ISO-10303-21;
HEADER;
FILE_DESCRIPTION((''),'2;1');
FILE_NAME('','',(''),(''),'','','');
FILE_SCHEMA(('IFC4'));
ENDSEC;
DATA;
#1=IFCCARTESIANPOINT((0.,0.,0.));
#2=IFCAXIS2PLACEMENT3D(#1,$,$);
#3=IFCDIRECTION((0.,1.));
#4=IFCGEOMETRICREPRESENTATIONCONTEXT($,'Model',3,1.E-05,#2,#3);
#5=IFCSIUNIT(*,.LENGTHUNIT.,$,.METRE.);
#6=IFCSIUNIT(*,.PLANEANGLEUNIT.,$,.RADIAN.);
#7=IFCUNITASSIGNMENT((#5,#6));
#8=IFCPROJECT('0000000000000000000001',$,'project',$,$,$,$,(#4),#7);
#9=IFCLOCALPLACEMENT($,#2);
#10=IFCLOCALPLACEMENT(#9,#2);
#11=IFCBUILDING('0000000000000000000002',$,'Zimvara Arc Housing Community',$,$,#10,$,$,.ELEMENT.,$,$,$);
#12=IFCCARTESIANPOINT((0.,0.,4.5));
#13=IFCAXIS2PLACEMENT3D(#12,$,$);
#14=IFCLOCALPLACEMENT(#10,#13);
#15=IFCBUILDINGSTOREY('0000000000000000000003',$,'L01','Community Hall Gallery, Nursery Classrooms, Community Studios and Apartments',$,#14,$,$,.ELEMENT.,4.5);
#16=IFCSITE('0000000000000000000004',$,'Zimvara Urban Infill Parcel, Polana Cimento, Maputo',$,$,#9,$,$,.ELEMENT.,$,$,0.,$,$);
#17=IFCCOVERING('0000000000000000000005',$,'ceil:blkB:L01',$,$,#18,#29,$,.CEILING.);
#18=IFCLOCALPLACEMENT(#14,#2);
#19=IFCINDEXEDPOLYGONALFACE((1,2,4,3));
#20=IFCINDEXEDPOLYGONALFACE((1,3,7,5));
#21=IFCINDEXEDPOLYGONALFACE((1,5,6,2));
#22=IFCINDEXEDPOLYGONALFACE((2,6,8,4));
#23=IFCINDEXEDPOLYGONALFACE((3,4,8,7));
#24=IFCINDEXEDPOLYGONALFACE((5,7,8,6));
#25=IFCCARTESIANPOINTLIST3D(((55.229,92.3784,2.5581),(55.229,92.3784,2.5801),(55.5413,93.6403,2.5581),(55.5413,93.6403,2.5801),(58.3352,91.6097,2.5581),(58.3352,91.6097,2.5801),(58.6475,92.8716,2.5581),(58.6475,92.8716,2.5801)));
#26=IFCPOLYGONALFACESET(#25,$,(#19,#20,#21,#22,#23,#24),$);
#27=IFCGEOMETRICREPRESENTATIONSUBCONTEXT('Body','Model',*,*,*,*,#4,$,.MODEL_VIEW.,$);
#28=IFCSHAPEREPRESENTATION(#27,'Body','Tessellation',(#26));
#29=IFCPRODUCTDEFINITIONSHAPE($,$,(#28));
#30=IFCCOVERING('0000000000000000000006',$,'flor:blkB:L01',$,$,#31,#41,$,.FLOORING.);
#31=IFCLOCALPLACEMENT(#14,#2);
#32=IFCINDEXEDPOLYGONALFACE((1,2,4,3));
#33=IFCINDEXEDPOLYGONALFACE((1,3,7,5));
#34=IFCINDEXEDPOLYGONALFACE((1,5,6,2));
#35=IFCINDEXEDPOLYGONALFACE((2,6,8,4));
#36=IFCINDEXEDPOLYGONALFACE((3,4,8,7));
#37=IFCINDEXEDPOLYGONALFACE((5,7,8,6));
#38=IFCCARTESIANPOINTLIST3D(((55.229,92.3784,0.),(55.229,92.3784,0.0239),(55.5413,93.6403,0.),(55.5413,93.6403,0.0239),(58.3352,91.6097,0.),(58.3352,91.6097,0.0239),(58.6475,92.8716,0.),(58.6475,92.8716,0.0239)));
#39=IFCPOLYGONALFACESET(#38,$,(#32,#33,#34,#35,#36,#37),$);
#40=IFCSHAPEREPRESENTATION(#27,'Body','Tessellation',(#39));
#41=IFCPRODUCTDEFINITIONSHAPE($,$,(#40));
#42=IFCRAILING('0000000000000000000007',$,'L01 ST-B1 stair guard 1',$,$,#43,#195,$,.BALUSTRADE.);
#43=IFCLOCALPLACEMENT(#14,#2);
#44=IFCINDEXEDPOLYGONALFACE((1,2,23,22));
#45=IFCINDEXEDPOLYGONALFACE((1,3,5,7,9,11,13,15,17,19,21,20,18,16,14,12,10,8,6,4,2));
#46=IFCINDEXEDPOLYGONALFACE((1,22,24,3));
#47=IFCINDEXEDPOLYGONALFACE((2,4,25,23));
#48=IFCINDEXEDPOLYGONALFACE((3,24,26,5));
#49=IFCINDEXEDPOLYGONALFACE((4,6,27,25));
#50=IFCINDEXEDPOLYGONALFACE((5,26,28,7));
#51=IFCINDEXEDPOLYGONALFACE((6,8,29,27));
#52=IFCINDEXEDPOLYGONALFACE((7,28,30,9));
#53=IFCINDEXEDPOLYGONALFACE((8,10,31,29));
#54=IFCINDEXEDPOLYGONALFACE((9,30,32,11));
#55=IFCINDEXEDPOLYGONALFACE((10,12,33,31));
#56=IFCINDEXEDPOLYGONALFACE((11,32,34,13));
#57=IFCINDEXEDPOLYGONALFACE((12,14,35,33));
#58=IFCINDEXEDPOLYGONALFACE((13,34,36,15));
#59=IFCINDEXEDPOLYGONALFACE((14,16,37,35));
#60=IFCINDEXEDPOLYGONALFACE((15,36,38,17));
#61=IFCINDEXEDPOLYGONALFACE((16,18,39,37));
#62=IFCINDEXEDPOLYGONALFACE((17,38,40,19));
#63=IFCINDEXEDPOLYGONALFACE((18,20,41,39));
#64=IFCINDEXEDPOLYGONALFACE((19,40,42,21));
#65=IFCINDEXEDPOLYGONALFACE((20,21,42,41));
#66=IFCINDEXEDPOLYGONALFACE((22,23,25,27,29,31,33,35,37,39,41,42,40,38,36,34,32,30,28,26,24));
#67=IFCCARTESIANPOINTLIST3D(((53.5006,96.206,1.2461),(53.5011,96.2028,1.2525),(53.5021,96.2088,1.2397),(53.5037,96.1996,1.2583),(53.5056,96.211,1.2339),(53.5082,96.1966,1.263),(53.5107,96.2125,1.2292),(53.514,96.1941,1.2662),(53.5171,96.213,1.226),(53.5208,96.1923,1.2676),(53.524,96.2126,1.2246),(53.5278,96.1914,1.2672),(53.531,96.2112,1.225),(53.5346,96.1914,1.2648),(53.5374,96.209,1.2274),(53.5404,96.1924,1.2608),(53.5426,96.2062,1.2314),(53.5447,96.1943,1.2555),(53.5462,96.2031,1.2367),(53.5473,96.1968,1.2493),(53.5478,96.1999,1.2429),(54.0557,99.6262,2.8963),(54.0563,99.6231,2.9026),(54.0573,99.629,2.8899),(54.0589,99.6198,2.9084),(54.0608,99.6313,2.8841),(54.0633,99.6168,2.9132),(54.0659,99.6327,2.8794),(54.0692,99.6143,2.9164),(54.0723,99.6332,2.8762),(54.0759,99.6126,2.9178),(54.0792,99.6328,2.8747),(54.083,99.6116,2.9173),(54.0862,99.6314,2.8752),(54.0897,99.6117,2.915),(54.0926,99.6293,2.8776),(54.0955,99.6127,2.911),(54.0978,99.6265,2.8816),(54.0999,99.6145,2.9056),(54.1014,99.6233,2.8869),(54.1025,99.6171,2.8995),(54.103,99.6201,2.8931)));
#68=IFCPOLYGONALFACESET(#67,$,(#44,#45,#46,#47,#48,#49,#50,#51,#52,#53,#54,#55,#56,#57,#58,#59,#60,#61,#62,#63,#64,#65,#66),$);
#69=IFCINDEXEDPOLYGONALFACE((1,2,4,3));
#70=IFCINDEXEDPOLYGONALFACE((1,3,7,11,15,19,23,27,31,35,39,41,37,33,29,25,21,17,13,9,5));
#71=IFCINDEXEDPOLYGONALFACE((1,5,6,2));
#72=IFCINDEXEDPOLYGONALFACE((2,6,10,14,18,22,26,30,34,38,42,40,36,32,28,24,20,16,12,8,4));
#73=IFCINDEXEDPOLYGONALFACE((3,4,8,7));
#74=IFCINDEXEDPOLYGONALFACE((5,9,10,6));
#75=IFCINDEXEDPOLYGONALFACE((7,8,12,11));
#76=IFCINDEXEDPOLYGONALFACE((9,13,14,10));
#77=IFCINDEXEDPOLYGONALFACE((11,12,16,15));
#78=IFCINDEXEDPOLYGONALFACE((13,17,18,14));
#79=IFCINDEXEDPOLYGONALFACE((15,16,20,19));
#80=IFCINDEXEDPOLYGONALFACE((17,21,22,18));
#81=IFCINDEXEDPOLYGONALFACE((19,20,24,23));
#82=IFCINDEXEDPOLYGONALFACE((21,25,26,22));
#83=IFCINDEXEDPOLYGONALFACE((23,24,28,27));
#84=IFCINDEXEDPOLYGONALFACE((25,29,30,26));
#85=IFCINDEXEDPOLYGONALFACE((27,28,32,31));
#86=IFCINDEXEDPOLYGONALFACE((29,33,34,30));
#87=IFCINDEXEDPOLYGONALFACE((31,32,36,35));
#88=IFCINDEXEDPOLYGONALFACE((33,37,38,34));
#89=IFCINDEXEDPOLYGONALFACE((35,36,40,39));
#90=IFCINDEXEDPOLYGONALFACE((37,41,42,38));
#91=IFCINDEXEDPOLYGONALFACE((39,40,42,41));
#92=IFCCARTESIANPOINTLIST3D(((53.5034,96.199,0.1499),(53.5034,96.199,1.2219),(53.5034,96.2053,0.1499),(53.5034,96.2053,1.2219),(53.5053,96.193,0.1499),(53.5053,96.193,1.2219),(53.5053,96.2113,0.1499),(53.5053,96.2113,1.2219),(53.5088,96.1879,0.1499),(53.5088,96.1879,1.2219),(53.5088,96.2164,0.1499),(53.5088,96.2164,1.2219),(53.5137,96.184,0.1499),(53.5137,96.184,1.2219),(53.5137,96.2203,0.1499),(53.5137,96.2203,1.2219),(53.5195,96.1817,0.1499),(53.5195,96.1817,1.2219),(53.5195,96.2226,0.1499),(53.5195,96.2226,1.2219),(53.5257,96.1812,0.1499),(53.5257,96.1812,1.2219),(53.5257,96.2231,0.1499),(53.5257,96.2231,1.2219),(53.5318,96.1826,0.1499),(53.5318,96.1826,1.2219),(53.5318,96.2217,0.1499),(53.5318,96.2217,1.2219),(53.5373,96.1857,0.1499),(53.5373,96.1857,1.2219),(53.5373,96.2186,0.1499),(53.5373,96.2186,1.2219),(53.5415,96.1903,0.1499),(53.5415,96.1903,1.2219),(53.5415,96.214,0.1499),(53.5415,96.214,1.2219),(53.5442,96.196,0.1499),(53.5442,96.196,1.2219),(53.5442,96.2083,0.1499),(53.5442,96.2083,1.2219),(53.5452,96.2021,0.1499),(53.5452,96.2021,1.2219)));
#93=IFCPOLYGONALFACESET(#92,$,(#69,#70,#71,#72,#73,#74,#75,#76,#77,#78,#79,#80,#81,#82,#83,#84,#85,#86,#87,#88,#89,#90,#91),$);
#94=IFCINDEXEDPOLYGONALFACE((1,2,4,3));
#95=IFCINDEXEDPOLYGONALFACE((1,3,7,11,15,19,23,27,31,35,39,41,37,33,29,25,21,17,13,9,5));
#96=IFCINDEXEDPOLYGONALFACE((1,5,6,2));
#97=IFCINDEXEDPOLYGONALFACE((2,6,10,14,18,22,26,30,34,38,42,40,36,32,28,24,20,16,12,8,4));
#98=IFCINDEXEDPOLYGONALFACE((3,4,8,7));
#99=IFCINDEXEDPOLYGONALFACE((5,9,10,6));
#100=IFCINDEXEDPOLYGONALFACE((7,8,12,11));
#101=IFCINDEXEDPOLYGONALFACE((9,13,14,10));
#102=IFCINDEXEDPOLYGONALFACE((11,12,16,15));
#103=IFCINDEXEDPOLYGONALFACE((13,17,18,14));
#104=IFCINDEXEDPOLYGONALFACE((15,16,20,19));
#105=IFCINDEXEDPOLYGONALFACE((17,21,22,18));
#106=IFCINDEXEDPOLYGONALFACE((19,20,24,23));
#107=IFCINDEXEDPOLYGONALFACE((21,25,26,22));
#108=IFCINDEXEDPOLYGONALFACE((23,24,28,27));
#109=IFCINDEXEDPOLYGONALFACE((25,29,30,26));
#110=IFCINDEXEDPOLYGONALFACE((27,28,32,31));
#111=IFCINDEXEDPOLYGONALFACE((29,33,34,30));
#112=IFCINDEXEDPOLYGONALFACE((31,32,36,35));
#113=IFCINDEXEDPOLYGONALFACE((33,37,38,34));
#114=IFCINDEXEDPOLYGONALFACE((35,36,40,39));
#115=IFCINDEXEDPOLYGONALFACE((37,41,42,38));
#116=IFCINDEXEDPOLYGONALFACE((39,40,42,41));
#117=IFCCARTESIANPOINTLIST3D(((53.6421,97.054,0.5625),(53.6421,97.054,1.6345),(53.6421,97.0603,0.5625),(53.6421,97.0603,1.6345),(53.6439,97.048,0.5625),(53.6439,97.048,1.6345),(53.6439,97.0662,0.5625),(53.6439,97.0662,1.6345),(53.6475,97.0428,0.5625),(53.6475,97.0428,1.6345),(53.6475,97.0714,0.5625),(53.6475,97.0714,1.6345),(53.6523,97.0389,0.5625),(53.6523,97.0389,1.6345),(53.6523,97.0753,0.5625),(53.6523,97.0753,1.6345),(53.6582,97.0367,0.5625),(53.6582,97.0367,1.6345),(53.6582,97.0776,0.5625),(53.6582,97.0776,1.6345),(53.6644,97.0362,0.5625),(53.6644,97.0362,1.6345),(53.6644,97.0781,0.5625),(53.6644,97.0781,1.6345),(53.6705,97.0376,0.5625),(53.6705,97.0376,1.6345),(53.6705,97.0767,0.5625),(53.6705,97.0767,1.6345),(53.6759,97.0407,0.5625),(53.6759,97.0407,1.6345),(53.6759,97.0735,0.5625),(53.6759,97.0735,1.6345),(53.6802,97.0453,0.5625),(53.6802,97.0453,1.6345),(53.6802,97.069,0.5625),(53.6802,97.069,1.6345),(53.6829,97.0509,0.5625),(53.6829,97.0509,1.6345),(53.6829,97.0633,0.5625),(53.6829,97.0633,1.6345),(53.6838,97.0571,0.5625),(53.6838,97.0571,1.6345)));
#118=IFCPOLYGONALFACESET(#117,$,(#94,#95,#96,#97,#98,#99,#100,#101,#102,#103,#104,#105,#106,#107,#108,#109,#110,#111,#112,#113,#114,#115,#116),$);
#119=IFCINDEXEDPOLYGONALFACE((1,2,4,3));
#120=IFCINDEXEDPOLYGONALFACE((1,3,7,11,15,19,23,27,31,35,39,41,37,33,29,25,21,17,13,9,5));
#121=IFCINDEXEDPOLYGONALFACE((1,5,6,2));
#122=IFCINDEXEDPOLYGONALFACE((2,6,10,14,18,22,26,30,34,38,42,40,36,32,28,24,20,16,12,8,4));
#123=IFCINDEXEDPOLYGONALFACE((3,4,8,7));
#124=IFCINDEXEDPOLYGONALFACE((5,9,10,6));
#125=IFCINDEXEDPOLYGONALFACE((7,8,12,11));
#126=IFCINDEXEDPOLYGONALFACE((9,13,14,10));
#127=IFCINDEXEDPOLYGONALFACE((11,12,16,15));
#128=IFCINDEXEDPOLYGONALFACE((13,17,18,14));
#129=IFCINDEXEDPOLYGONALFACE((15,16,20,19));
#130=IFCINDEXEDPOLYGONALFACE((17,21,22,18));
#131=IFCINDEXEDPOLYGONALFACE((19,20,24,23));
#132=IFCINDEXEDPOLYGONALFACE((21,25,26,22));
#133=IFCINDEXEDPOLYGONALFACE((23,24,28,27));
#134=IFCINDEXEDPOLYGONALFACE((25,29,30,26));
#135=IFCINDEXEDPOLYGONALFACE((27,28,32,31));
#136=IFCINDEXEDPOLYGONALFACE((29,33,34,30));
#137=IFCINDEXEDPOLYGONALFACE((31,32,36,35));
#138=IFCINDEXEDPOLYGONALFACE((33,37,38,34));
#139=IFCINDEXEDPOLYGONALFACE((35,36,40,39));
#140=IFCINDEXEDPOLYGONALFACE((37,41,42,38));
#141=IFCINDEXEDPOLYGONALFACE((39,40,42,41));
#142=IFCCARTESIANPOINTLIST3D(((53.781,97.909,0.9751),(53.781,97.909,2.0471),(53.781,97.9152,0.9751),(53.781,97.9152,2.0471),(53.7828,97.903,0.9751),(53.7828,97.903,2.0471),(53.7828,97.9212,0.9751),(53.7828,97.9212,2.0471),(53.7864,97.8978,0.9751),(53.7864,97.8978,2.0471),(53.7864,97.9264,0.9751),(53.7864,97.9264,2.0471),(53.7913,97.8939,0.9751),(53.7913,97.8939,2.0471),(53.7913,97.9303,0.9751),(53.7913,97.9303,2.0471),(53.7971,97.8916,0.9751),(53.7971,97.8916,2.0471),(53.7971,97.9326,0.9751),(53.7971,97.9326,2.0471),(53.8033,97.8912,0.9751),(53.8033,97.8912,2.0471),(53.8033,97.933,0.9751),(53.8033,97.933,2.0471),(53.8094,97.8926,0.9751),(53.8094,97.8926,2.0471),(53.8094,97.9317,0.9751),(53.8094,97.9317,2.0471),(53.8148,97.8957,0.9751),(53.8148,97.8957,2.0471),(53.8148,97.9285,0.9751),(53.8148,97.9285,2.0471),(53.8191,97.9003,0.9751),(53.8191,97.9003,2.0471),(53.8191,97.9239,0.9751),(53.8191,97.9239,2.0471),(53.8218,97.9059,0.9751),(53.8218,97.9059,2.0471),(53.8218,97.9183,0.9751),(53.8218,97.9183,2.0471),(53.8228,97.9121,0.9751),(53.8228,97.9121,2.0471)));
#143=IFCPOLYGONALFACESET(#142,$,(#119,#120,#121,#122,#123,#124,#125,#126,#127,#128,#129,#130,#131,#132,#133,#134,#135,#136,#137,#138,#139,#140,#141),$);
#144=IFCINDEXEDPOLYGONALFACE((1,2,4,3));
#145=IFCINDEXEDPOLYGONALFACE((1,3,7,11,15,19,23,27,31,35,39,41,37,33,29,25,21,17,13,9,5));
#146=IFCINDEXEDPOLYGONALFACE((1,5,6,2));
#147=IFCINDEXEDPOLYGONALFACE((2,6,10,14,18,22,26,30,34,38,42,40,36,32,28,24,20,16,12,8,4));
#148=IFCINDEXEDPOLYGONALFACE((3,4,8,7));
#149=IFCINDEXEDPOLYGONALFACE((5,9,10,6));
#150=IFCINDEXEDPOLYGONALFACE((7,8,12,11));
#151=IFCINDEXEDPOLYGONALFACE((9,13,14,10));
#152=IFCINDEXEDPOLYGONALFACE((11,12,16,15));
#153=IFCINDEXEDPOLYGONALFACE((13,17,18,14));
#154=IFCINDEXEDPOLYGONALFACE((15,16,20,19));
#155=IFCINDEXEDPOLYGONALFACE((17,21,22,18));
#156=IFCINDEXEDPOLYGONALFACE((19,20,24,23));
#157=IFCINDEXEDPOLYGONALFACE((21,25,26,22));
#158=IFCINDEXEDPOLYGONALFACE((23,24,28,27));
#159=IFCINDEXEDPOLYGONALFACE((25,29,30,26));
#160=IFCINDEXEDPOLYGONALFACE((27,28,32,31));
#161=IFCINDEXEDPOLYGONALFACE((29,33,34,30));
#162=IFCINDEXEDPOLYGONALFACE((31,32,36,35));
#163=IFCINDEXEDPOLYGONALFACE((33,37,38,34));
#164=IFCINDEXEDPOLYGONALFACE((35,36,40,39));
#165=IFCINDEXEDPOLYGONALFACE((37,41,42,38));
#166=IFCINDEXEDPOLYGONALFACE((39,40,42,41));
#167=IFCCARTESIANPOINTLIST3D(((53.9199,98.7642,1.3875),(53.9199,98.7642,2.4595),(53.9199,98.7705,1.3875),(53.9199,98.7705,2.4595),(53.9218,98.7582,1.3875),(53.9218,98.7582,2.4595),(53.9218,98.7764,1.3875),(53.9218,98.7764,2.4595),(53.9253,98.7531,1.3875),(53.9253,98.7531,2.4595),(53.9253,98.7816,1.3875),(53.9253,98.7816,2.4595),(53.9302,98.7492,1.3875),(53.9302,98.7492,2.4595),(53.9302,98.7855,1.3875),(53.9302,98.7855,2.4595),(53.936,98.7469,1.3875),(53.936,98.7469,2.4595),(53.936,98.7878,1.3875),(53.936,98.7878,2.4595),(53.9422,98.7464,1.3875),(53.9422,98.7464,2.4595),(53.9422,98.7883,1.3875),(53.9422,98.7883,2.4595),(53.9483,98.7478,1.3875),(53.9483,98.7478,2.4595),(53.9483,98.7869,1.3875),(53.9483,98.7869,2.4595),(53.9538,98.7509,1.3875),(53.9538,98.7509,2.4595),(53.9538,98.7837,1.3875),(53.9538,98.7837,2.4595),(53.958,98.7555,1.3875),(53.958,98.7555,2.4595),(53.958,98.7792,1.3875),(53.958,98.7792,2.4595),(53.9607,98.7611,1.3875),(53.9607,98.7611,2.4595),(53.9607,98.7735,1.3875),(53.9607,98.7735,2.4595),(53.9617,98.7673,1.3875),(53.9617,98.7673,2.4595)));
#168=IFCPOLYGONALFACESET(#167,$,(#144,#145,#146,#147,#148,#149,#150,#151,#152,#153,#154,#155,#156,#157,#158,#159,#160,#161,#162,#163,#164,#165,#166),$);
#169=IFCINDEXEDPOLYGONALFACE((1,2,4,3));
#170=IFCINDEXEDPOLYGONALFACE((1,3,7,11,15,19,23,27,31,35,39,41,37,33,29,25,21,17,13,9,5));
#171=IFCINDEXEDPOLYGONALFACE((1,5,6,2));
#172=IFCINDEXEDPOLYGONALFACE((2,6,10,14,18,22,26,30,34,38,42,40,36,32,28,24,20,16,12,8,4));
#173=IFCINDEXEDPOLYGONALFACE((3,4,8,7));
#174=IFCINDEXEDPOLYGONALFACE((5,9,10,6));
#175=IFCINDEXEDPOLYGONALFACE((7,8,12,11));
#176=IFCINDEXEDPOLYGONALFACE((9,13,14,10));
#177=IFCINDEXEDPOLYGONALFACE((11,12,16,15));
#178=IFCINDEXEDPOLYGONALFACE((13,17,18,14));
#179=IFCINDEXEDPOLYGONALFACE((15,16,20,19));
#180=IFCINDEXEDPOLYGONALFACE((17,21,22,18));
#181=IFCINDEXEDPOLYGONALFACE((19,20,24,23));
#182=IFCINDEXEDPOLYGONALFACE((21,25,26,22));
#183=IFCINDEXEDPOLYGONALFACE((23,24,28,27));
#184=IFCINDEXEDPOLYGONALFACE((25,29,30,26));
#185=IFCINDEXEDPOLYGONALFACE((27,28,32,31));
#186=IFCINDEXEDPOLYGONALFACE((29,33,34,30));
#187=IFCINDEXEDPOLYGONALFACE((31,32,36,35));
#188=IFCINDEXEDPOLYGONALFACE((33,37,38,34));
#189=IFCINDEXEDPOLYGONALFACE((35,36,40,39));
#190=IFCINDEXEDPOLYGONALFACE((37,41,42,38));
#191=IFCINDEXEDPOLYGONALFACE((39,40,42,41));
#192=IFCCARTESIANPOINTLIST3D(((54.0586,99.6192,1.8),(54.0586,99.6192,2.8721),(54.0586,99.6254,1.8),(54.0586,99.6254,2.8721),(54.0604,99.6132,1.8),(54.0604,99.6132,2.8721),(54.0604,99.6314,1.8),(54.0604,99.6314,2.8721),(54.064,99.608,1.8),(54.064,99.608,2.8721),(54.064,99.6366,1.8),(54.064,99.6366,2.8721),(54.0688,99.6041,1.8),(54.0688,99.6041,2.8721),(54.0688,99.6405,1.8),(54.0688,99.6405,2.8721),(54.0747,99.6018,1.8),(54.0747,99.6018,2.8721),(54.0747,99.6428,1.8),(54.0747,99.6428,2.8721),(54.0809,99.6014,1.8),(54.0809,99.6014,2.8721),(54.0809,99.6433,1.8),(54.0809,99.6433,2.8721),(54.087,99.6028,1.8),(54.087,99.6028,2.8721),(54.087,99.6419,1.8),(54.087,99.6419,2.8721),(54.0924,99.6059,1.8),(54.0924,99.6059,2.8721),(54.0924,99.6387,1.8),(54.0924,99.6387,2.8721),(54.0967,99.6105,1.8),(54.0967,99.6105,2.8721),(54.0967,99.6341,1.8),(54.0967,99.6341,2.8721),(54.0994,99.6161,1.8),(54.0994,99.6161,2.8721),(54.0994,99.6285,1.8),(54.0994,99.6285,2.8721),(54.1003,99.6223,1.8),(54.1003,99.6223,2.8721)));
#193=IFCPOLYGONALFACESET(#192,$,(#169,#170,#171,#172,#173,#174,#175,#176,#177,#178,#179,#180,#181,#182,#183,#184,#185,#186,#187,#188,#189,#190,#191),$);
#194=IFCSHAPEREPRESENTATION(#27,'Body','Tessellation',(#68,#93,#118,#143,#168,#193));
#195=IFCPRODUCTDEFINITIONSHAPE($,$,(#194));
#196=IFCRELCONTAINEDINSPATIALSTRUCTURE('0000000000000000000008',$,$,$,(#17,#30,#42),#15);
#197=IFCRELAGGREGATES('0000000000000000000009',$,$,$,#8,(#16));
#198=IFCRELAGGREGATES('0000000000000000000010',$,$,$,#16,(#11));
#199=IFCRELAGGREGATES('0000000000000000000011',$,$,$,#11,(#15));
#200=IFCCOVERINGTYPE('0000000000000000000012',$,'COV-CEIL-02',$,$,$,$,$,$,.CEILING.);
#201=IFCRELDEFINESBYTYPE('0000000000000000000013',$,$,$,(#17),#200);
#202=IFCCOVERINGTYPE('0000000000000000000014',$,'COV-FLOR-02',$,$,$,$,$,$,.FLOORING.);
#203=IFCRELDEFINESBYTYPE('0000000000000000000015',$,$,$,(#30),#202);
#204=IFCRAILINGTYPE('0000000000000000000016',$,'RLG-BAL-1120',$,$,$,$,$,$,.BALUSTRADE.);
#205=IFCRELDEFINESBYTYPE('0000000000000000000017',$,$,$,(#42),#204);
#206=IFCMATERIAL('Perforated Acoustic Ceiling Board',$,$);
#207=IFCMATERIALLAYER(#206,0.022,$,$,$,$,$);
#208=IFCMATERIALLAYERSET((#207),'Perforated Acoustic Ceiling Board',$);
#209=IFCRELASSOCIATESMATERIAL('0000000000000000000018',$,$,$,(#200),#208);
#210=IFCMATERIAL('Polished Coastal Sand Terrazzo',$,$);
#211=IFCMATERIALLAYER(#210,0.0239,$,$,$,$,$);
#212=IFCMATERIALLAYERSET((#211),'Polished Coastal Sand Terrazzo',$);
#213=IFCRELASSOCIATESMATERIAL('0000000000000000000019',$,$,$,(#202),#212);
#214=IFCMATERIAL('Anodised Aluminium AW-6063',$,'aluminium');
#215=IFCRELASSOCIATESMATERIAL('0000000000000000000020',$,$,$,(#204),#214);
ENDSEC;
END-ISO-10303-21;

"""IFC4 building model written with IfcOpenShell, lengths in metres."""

from ifc_helpers import new_model, si_unit, direction, frame, origin, origin_2d, place, context, subcontext, project, spatial, rectangle, circle, extrude, material, layer, layer_set, type_object, element, save


model = new_model("IFC4")

# Units and contexts
model_context = context("Model", 3, precision=1e-05, world=origin(), true_north=direction((0.0, 1.0)))
body_context = subcontext(model_context, "Body", "Model", "MODEL_VIEW")
ifc_project = project(units=[si_unit("LENGTHUNIT", "METRE"), si_unit("PLANEANGLEUNIT", "RADIAN")], contexts=[model_context])

# Site, building, storey
site_placement = place(None, origin())
site = spatial("IfcSite", under=ifc_project, at=site_placement, Name="Zimvara Urban Infill Parcel, Polana Cimento, Maputo", CompositionType="ELEMENT", RefElevation=0.0)
building_placement = place(site_placement, origin())
building = spatial("IfcBuilding", under=site, at=building_placement, Name="Zimvara Arc Housing Community", CompositionType="ELEMENT")
storey_placement = place(building_placement, frame((0.0, 0.0, 4.5)))
storey = spatial("IfcBuildingStorey", under=building, at=storey_placement, Name="L01", Description="Community Hall Gallery, Nursery Classrooms, Community Studios and Apartments", CompositionType="ELEMENT", Elevation=4.5)

# Coverings
ifc_material_1 = material(Name="Perforated Acoustic Ceiling Board")
ifc_layer_1 = layer(ifc_material_1, 0.022)
ifc_layer_set_1 = layer_set([ifc_layer_1], Name="Perforated Acoustic Ceiling Board")
covering_type_1 = type_object("IfcCoveringType", Name="COV-CEIL-02", PredefinedType="CEILING", material=ifc_layer_set_1)
covering_1_placement = place(storey_placement, frame((56.9382, 92.625, 2.5581), z_axis=(0.0, 0.0, 1.0), x_axis=(0.240228, 0.970716, 0.0)))
element("IfcCovering", 1, at=covering_1_placement, inside=storey, type_object=covering_type_1, Name="ceil:blkB:L01", PredefinedType="CEILING", context=body_context, shape_type="SweptSolid", body=[
    extrude(rectangle(XDim=1.3, YDim=3.2, at=origin_2d()), origin(), (0.0, 0.0, 1.0), 0.022),
])
ifc_material_2 = material(Name="Polished Coastal Sand Terrazzo")
ifc_layer_2 = layer(ifc_material_2, 0.0239)
ifc_layer_set_2 = layer_set([ifc_layer_2], Name="Polished Coastal Sand Terrazzo")
covering_type_2 = type_object("IfcCoveringType", Name="COV-FLOR-02", PredefinedType="FLOORING", material=ifc_layer_set_2)
covering_2_placement = place(storey_placement, frame((56.9382, 92.625, 0.0), z_axis=(0.0, 0.0, 1.0), x_axis=(0.240228, 0.970716, 0.0)))
element("IfcCovering", 2, at=covering_2_placement, inside=storey, type_object=covering_type_2, Name="flor:blkB:L01", PredefinedType="FLOORING", context=body_context, shape_type="SweptSolid", body=[
    extrude(rectangle(XDim=1.3, YDim=3.2, at=origin_2d()), origin(), (0.0, 0.0, 1.0), 0.0239),
])

# Railing
ifc_material_3 = material(Name="Anodised Aluminium AW-6063", Category="aluminium")
railing_type_1 = type_object("IfcRailingType", Name="RLG-BAL-1120", PredefinedType="BALUSTRADE", material=ifc_material_3)
railing_1_placement = place(storey_placement, frame((53.5242, 96.2021, 0.1499)))
element("IfcRailing", 3, at=railing_1_placement, inside=storey, type_object=railing_type_1, Name="L01 ST-B1 stair guard 1", PredefinedType="BALUSTRADE", context=body_context, shape_type="SweptSolid", body=[
    extrude(circle(Radius=0.0239, at=origin_2d()), frame((0.0, 0.0, 1.0962), z_axis=(0.14466, 0.891178, 0.429972), x_axis=(-0.98708, 0.160227, 0.0)), (0.0, 0.0, 1.0), 3.8379),
    extrude(circle(Radius=0.021, at=origin_2d()), origin(), (0.0, 0.0, 1.0), 1.072),
    extrude(circle(Radius=0.021, at=origin_2d()), frame((0.1387, 0.855, 0.4126)), (0.0, 0.0, 1.0), 1.072),
    extrude(circle(Radius=0.021, at=origin_2d()), frame((0.2776, 1.71, 0.8252)), (0.0, 0.0, 1.0), 1.072),
    extrude(circle(Radius=0.021, at=origin_2d()), frame((0.4165, 2.5652, 1.2375)), (0.0, 0.0, 1.0), 1.072),
    extrude(circle(Radius=0.021, at=origin_2d()), frame((0.5552, 3.4202, 1.6501)), (0.0, 0.0, 1.0), 1.072),
])

save(model, "model.ifc")
